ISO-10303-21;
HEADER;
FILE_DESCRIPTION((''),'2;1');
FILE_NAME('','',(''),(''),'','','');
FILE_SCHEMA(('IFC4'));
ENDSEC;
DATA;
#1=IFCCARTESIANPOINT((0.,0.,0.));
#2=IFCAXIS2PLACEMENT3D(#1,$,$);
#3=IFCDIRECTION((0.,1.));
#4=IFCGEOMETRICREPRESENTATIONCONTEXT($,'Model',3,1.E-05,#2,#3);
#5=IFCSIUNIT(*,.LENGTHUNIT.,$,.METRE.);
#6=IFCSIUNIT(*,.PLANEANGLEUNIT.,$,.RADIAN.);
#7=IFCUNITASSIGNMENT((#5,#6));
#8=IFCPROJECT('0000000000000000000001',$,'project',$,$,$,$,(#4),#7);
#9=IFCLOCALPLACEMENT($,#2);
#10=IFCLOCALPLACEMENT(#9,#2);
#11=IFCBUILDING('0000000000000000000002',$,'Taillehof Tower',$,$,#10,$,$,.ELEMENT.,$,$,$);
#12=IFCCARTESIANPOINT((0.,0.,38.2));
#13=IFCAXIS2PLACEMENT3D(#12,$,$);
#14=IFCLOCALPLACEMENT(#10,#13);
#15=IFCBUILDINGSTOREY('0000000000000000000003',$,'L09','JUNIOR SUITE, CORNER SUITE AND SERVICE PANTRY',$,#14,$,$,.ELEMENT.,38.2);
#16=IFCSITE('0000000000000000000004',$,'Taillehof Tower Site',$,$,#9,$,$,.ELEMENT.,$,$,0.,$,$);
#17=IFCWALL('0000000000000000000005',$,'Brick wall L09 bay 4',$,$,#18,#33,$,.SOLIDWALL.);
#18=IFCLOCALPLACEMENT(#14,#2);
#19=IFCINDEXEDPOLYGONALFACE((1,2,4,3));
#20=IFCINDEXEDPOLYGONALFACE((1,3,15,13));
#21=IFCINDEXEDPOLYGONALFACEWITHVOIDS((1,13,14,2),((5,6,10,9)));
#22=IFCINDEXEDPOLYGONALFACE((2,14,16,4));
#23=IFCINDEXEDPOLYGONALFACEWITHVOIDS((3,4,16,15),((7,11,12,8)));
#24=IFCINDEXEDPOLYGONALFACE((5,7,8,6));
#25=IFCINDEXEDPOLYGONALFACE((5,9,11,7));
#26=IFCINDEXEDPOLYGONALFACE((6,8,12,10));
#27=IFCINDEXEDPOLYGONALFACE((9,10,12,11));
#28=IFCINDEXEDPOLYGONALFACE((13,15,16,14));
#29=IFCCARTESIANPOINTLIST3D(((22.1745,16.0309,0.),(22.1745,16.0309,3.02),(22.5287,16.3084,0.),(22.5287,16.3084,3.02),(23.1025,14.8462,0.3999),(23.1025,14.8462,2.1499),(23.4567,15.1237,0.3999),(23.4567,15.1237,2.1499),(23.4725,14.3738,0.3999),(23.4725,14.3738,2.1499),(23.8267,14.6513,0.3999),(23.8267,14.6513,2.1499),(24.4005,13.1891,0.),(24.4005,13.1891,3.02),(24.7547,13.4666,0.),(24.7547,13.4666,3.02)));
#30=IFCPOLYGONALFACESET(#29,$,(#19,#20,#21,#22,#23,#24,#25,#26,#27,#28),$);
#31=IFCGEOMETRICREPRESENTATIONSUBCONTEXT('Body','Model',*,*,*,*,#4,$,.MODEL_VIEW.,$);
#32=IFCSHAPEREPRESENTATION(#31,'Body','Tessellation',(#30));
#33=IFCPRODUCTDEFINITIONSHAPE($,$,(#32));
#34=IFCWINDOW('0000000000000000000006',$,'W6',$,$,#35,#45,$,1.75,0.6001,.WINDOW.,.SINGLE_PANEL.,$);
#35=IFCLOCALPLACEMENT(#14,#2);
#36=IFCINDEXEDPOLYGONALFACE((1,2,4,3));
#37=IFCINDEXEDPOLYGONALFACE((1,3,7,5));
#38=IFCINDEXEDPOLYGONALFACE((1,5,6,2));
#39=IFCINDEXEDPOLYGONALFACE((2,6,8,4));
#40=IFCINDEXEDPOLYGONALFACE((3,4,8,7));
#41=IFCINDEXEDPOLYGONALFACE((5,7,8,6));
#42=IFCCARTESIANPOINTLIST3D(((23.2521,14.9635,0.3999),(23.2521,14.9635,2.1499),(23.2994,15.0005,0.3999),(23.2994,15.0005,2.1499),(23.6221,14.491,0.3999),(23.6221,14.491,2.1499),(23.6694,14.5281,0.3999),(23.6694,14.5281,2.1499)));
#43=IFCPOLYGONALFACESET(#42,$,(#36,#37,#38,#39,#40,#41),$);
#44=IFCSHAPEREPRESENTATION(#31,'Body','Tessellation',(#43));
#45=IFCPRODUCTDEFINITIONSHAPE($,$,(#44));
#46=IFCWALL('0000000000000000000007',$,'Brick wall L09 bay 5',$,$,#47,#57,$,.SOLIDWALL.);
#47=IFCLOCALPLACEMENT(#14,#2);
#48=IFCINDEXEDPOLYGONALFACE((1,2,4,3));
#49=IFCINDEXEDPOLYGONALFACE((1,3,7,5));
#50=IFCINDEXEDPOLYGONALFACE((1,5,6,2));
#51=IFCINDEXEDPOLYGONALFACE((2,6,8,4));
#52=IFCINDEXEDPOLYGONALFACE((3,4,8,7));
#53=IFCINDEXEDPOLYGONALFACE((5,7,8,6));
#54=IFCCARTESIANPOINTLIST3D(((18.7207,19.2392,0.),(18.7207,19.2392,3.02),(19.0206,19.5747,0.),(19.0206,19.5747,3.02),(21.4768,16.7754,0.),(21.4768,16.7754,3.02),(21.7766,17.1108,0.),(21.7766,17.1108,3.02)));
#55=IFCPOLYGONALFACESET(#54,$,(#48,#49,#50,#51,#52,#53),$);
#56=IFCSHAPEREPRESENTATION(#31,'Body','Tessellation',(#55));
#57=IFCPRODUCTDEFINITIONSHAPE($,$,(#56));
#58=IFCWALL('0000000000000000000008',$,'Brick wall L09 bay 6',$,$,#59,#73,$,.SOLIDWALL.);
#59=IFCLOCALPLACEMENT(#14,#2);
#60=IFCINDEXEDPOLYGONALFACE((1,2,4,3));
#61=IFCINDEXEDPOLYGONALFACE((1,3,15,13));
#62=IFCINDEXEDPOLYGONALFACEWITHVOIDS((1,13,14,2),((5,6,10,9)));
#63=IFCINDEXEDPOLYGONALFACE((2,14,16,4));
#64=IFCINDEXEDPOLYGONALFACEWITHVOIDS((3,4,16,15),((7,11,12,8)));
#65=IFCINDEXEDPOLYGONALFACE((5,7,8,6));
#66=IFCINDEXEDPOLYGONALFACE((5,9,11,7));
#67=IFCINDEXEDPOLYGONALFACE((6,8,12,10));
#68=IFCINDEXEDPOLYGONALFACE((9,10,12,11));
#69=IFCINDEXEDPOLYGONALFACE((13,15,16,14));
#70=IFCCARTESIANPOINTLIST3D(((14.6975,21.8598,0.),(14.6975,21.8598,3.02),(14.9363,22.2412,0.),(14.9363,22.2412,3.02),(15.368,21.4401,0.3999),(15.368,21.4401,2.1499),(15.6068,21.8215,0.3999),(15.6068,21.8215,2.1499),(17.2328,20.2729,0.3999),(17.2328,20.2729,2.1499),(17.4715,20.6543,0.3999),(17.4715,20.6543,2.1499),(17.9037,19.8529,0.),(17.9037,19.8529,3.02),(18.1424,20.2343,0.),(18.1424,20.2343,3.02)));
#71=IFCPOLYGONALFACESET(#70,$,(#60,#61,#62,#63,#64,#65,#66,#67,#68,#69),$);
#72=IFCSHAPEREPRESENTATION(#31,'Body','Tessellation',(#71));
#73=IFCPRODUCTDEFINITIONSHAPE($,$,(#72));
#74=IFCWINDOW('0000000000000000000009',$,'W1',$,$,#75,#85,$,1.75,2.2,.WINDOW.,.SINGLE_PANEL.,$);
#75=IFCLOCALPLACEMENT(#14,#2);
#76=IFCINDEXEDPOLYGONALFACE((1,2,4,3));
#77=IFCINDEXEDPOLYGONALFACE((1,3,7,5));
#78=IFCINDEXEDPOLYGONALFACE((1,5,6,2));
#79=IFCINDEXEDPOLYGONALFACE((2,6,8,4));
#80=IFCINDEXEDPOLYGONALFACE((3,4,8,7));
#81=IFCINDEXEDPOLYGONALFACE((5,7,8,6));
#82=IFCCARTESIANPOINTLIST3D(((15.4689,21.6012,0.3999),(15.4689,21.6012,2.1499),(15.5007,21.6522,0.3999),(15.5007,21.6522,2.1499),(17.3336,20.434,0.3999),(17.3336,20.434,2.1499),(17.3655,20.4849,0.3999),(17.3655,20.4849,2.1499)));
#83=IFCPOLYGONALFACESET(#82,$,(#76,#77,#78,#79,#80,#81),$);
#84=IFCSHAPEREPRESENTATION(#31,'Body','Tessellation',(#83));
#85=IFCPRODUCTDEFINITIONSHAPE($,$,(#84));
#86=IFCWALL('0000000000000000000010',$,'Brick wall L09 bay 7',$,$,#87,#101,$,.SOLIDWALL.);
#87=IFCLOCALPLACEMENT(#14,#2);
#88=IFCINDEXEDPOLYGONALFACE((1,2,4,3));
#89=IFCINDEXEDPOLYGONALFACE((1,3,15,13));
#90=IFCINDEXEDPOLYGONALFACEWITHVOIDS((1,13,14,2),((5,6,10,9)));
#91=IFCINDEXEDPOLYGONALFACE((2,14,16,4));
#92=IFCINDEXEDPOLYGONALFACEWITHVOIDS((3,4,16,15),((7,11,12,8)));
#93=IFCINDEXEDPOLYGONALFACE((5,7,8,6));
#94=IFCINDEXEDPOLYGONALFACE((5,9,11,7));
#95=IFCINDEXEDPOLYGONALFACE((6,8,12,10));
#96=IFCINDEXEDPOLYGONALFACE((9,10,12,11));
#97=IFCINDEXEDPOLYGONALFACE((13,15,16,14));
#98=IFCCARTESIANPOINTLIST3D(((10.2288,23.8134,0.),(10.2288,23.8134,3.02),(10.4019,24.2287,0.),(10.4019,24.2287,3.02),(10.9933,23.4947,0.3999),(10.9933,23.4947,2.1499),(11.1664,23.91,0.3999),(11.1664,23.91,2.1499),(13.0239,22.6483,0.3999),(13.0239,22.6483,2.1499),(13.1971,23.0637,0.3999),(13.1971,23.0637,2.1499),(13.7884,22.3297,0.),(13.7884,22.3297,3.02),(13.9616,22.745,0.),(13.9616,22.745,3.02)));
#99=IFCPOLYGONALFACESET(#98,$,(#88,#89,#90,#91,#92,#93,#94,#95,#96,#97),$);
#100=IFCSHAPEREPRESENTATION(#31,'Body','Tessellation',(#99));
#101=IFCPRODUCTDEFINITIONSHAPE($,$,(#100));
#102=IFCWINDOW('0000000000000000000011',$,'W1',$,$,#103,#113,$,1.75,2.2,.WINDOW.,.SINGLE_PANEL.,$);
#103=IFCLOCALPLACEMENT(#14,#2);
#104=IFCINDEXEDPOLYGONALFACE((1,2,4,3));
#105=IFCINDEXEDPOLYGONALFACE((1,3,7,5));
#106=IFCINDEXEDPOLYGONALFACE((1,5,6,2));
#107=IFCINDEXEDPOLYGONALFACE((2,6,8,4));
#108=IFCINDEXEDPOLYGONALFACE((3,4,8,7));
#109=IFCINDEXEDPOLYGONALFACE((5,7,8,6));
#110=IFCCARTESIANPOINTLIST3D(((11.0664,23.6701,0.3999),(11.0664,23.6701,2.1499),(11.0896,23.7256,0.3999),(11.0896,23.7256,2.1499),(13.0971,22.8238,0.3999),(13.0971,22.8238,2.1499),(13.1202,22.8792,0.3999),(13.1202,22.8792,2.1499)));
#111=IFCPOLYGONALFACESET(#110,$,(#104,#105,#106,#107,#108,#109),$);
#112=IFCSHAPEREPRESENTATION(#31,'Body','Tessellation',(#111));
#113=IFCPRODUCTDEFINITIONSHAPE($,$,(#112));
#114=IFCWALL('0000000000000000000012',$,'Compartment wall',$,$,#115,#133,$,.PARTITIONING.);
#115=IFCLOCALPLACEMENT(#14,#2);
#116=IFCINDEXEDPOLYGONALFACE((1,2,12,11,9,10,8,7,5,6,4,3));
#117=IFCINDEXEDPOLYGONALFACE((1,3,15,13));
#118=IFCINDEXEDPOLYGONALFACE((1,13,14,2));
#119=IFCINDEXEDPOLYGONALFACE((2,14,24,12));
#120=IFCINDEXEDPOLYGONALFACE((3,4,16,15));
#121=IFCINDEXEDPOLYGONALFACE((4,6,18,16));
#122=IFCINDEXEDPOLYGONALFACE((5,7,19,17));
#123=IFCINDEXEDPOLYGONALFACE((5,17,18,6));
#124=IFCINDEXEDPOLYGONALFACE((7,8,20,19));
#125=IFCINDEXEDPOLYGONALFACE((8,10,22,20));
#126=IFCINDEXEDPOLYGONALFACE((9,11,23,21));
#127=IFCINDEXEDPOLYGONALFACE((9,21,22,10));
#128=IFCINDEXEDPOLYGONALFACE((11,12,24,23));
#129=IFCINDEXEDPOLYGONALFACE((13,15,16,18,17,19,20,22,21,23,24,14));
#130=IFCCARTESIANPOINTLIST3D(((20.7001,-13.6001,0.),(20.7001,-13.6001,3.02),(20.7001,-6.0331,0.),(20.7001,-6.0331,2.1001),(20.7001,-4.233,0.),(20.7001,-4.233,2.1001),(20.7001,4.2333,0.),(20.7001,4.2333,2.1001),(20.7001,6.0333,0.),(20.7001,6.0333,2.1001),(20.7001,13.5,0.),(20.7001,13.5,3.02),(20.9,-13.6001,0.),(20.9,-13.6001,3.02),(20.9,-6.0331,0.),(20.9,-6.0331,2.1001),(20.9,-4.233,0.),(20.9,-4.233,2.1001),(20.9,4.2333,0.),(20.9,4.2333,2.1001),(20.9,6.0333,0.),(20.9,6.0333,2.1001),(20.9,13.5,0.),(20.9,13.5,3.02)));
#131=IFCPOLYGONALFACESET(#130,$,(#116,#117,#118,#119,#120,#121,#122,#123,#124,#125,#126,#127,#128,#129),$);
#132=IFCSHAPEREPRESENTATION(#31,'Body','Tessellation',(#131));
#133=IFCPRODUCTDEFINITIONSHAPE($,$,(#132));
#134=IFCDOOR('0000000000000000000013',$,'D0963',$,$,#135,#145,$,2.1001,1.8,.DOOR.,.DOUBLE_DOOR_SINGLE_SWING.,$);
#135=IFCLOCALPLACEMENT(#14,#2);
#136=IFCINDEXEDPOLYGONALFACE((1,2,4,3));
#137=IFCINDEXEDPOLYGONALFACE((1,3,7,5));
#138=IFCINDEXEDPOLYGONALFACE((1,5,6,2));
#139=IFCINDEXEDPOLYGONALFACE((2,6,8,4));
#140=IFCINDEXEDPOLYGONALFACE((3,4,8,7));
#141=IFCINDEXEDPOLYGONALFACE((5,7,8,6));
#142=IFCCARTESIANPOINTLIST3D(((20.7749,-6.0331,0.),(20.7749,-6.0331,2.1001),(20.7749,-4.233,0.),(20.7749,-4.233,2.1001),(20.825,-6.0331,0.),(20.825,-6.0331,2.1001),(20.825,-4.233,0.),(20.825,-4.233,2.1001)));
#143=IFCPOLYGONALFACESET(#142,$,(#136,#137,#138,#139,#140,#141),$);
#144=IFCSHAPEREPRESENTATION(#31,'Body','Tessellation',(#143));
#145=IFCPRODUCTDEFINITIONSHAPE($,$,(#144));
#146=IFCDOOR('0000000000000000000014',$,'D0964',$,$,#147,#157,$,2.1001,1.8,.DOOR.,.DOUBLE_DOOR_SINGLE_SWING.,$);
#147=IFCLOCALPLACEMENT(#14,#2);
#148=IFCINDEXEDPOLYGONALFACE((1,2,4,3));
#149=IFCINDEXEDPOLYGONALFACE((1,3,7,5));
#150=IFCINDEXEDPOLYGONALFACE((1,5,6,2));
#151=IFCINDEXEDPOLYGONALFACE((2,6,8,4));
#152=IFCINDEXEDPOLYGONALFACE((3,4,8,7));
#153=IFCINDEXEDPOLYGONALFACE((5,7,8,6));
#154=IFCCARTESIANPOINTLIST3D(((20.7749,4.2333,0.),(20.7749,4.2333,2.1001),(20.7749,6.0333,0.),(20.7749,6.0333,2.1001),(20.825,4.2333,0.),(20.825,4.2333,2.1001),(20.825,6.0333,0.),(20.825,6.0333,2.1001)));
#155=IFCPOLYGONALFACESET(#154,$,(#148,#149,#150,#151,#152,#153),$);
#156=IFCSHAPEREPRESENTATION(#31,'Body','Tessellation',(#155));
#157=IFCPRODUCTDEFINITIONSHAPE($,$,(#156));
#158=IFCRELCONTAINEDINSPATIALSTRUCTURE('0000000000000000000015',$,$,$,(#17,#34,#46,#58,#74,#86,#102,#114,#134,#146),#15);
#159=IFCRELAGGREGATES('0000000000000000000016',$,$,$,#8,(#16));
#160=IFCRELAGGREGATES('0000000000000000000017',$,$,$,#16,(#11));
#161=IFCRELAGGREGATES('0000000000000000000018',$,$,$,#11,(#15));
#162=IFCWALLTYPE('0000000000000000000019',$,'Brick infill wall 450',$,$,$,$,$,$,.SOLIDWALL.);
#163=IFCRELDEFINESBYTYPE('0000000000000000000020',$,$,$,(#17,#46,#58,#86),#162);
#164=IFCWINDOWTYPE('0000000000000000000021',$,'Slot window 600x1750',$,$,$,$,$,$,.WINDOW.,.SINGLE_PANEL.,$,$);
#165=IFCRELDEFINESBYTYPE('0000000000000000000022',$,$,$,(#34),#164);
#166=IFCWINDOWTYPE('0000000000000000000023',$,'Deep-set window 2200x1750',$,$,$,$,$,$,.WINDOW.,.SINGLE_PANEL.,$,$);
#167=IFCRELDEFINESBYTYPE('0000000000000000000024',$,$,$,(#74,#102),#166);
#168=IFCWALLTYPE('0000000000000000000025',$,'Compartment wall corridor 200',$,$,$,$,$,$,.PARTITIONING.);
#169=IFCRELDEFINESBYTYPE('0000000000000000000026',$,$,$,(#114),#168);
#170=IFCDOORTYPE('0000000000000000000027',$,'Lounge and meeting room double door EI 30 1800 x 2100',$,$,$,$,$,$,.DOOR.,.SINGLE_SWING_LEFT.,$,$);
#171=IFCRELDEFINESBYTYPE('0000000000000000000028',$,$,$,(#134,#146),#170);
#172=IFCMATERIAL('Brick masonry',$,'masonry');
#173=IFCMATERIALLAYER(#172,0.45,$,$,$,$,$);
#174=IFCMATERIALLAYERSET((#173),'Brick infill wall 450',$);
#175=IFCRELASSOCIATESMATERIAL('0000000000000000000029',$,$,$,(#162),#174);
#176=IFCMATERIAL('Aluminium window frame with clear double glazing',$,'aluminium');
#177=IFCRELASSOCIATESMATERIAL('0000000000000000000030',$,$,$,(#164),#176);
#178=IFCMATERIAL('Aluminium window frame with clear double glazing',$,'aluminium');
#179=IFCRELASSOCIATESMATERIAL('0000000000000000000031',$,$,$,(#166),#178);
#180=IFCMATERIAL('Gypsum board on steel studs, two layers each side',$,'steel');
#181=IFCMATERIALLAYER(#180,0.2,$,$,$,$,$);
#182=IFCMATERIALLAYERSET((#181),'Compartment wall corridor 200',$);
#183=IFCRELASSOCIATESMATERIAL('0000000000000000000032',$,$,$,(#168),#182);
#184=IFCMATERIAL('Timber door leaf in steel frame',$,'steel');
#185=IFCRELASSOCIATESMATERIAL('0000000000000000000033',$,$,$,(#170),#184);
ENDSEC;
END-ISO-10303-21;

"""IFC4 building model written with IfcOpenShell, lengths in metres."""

from ifc_helpers import new_model, si_unit, direction, frame, frame_2d, origin, place, context, subcontext, project, spatial, rectangle, extrude, material, layer, layer_set, type_object, element, fill, save


model = new_model("IFC4")

# Units and contexts
model_context = context("Model", 3, precision=1e-05, world=origin(), true_north=direction((0.0, 1.0)))
body_context = subcontext(model_context, "Body", "Model", "MODEL_VIEW")
ifc_project = project(units=[si_unit("LENGTHUNIT", "METRE"), si_unit("PLANEANGLEUNIT", "RADIAN")], contexts=[model_context])

# Site, building, storey
site_placement = place(None, origin())
site = spatial("IfcSite", under=ifc_project, at=site_placement, Name="Taillehof Tower Site", CompositionType="ELEMENT", RefElevation=0.0)
building_placement = place(site_placement, origin())
building = spatial("IfcBuilding", under=site, at=building_placement, Name="Taillehof Tower", CompositionType="ELEMENT")
storey_placement = place(building_placement, frame((0.0, 0.0, 38.2)))
storey = spatial("IfcBuildingStorey", under=building, at=storey_placement, Name="L09", Description="JUNIOR SUITE, CORNER SUITE AND SERVICE PANTRY", CompositionType="ELEMENT", Elevation=38.2)

# Wall, opening, window
ifc_material_1 = material(Name="Brick masonry", Category="masonry")
ifc_layer_1 = layer(ifc_material_1, 0.45)
ifc_layer_set_1 = layer_set([ifc_layer_1], Name="Brick infill wall 450")
wall_type_1 = type_object("IfcWallType", Name="Brick infill wall 450", PredefinedType="SOLIDWALL", material=ifc_layer_set_1)
wall_1_placement = place(storey_placement, frame((24.5776, 13.3279, 0.0), z_axis=(0.0, 0.0, 1.0), x_axis=(-0.616662, 0.787228, 0.0)))
wall_1 = element("IfcWall", 1, at=wall_1_placement, inside=storey, type_object=wall_type_1, Name="Brick wall L09 bay 4", PredefinedType="SOLIDWALL", context=body_context, shape_type="SweptSolid", body=[
    extrude(rectangle(XDim=3.6099, YDim=0.45, at=frame_2d((1.8049, 0.0))), origin(), (0.0, 0.0, 1.0), 3.02),
])
opening_1_placement = place(wall_1_placement, frame((1.5049, 0.0, 0.3999)))
opening_1 = element("IfcOpeningElement", 2, at=opening_1_placement, cuts=wall_1, PredefinedType="OPENING", context=body_context, shape_type="SweptSolid", body=[
    extrude(rectangle(XDim=0.6001, YDim=1.75, at=frame_2d((0.3, 0.875))), frame((0.0, 0.2349, 0.0), z_axis=(0.0, -1.0, 0.0), x_axis=(1.0, 0.0, 0.0)), (0.0, 0.0, 1.0), 0.47),
])
ifc_material_2 = material(Name="Aluminium window frame with clear double glazing", Category="aluminium")
window_type_1 = type_object("IfcWindowType", Name="Slot window 600x1750", PartitioningType="SINGLE_PANEL", PredefinedType="WINDOW", material=ifc_material_2)
window_1_placement = place(opening_1_placement, origin())
window_1 = element("IfcWindow", 3, at=window_1_placement, inside=storey, type_object=window_type_1, Name="W6", OverallHeight=1.75, OverallWidth=0.6001, PartitioningType="SINGLE_PANEL", PredefinedType="WINDOW", context=body_context, shape_type="SweptSolid", body=[
    extrude(rectangle(XDim=0.6001, YDim=1.75, at=frame_2d((0.3, 0.875))), frame((0.0, 0.0349, 0.0), z_axis=(0.0, -1.0, 0.0), x_axis=(1.0, 0.0, 0.0)), (0.0, 0.0, 1.0), 0.0601),
])
fill(opening_1, window_1)

# Wall
wall_2_placement = place(storey_placement, frame((21.6267, 16.9431, 0.0), z_axis=(0.0, 0.0, 1.0), x_axis=(-0.745526, 0.666476, 0.0)))
element("IfcWall", 4, at=wall_2_placement, inside=storey, type_object=wall_type_1, Name="Brick wall L09 bay 5", PredefinedType="SOLIDWALL", context=body_context, shape_type="SweptSolid", body=[
    extrude(rectangle(XDim=3.6968, YDim=0.45, at=frame_2d((1.8484, 0.0))), origin(), (0.0, 0.0, 1.0), 3.02),
])

# Walls, openings, windows
wall_3_placement = place(storey_placement, frame((18.0229, 20.0437, 0.0), z_axis=(0.0, 0.0, 1.0), x_axis=(-0.847635, 0.530579, 0.0)))
wall_3 = element("IfcWall", 5, at=wall_3_placement, inside=storey, type_object=wall_type_1, Name="Brick wall L09 bay 6", PredefinedType="SOLIDWALL", context=body_context, shape_type="SweptSolid", body=[
    extrude(rectangle(XDim=3.7825, YDim=0.45, at=frame_2d((1.8911, 0.0))), origin(), (0.0, 0.0, 1.0), 3.02),
])
opening_2_placement = place(wall_3_placement, frame((0.7913, 0.0, 0.3999)))
opening_2 = element("IfcOpeningElement", 6, at=opening_2_placement, cuts=wall_3, PredefinedType="OPENING", context=body_context, shape_type="SweptSolid", body=[
    extrude(rectangle(XDim=2.2, YDim=1.75, at=frame_2d((1.1001, 0.875))), frame((0.0, 0.2349, 0.0), z_axis=(0.0, -1.0, 0.0), x_axis=(1.0, 0.0, 0.0)), (0.0, 0.0, 1.0), 0.47),
])
ifc_material_3 = material(Name="Aluminium window frame with clear double glazing", Category="aluminium")
window_type_2 = type_object("IfcWindowType", Name="Deep-set window 2200x1750", PartitioningType="SINGLE_PANEL", PredefinedType="WINDOW", material=ifc_material_3)
window_2_placement = place(opening_2_placement, origin())
window_2 = element("IfcWindow", 7, at=window_2_placement, inside=storey, type_object=window_type_2, Name="W1", OverallHeight=1.75, OverallWidth=2.2, PartitioningType="SINGLE_PANEL", PredefinedType="WINDOW", context=body_context, shape_type="SweptSolid", body=[
    extrude(rectangle(XDim=2.2, YDim=1.75, at=frame_2d((1.1001, 0.875))), frame((0.0, 0.0349, 0.0), z_axis=(0.0, -1.0, 0.0), x_axis=(1.0, 0.0, 0.0)), (0.0, 0.0, 1.0), 0.0601),
])
fill(opening_2, window_2)
wall_4_placement = place(storey_placement, frame((13.875, 22.5374, 0.0), z_axis=(0.0, 0.0, 1.0), x_axis=(-0.923032, 0.384723, 0.0)))
wall_4 = element("IfcWall", 8, at=wall_4_placement, inside=storey, type_object=wall_type_1, Name="Brick wall L09 bay 7", PredefinedType="SOLIDWALL", context=body_context, shape_type="SweptSolid", body=[
    extrude(rectangle(XDim=3.8564, YDim=0.45, at=frame_2d((1.9282, 0.0))), origin(), (0.0, 0.0, 1.0), 3.02),
])
opening_3_placement = place(wall_4_placement, frame((0.8281, 0.0, 0.3999)))
opening_3 = element("IfcOpeningElement", 9, at=opening_3_placement, cuts=wall_4, PredefinedType="OPENING", context=body_context, shape_type="SweptSolid", body=[
    extrude(rectangle(XDim=2.2, YDim=1.75, at=frame_2d((1.1001, 0.875))), frame((0.0, 0.2349, 0.0), z_axis=(0.0, -1.0, 0.0), x_axis=(1.0, 0.0, 0.0)), (0.0, 0.0, 1.0), 0.47),
])
window_3_placement = place(opening_3_placement, origin())
window_3 = element("IfcWindow", 10, at=window_3_placement, inside=storey, type_object=window_type_2, Name="W1", OverallHeight=1.75, OverallWidth=2.2, PartitioningType="SINGLE_PANEL", PredefinedType="WINDOW", context=body_context, shape_type="SweptSolid", body=[
    extrude(rectangle(XDim=2.2, YDim=1.75, at=frame_2d((1.1001, 0.875))), frame((0.0, 0.0349, 0.0), z_axis=(0.0, -1.0, 0.0), x_axis=(1.0, 0.0, 0.0)), (0.0, 0.0, 1.0), 0.0601),
])
fill(opening_3, window_3)

# Wall, openings, doors
ifc_material_4 = material(Name="Gypsum board on steel studs, two layers each side", Category="steel")
ifc_layer_2 = layer(ifc_material_4, 0.2)
ifc_layer_set_2 = layer_set([ifc_layer_2], Name="Compartment wall corridor 200")
wall_type_2 = type_object("IfcWallType", Name="Compartment wall corridor 200", PredefinedType="PARTITIONING", material=ifc_layer_set_2)
wall_5_placement = place(storey_placement, frame((20.8, 13.5, 0.0), z_axis=(0.0, 0.0, 1.0), x_axis=(0.0, -1.0, 0.0)))
wall_5 = element("IfcWall", 11, at=wall_5_placement, inside=storey, type_object=wall_type_2, Name="Compartment wall", PredefinedType="PARTITIONING", context=body_context, shape_type="SweptSolid", body=[
    extrude(rectangle(XDim=27.1001, YDim=0.2, at=frame_2d((13.55, 0.0))), origin(), (0.0, 0.0, 1.0), 3.02),
])
opening_4_placement = place(wall_5_placement, frame((17.7332, 0.0, 0.0)))
opening_4 = element("IfcOpeningElement", 12, at=opening_4_placement, cuts=wall_5, PredefinedType="OPENING", context=body_context, shape_type="SweptSolid", body=[
    extrude(rectangle(XDim=1.8, YDim=2.1001, at=frame_2d((0.8999, 1.05))), frame((0.0, 0.1099, 0.0), z_axis=(0.0, -1.0, 0.0), x_axis=(1.0, 0.0, 0.0)), (0.0, 0.0, 1.0), 0.22),
])
opening_5_placement = place(wall_5_placement, frame((7.4668, 0.0, 0.0)))
opening_5 = element("IfcOpeningElement", 13, at=opening_5_placement, cuts=wall_5, PredefinedType="OPENING", context=body_context, shape_type="SweptSolid", body=[
    extrude(rectangle(XDim=1.8, YDim=2.1001, at=frame_2d((0.8999, 1.05))), frame((0.0, 0.1099, 0.0), z_axis=(0.0, -1.0, 0.0), x_axis=(1.0, 0.0, 0.0)), (0.0, 0.0, 1.0), 0.22),
])
ifc_material_5 = material(Name="Timber door leaf in steel frame", Category="steel")
door_type_1 = type_object("IfcDoorType", Name="Lounge and meeting room double door EI 30 1800 x 2100", OperationType="SINGLE_SWING_LEFT", PredefinedType="DOOR", material=ifc_material_5)
door_1_placement = place(opening_4_placement, origin())
door_1 = element("IfcDoor", 14, at=door_1_placement, inside=storey, type_object=door_type_1, Name="D0963", OperationType="DOUBLE_DOOR_SINGLE_SWING", OverallHeight=2.1001, OverallWidth=1.8, PredefinedType="DOOR", context=body_context, shape_type="SweptSolid", body=[
    extrude(rectangle(XDim=1.8, YDim=2.1001, at=frame_2d((0.8999, 1.05))), frame((0.0, 0.0249, 0.0), z_axis=(0.0, -1.0, 0.0), x_axis=(1.0, 0.0, 0.0)), (0.0, 0.0, 1.0), 0.05),
])
fill(opening_4, door_1)
door_2_placement = place(opening_5_placement, origin())
door_2 = element("IfcDoor", 15, at=door_2_placement, inside=storey, type_object=door_type_1, Name="D0964", OperationType="DOUBLE_DOOR_SINGLE_SWING", OverallHeight=2.1001, OverallWidth=1.8, PredefinedType="DOOR", context=body_context, shape_type="SweptSolid", body=[
    extrude(rectangle(XDim=1.8, YDim=2.1001, at=frame_2d((0.8999, 1.05))), frame((0.0, 0.0249, 0.0), z_axis=(0.0, -1.0, 0.0), x_axis=(1.0, 0.0, 0.0)), (0.0, 0.0, 1.0), 0.05),
])
fill(opening_5, door_2)

save(model, "model.ifc")
